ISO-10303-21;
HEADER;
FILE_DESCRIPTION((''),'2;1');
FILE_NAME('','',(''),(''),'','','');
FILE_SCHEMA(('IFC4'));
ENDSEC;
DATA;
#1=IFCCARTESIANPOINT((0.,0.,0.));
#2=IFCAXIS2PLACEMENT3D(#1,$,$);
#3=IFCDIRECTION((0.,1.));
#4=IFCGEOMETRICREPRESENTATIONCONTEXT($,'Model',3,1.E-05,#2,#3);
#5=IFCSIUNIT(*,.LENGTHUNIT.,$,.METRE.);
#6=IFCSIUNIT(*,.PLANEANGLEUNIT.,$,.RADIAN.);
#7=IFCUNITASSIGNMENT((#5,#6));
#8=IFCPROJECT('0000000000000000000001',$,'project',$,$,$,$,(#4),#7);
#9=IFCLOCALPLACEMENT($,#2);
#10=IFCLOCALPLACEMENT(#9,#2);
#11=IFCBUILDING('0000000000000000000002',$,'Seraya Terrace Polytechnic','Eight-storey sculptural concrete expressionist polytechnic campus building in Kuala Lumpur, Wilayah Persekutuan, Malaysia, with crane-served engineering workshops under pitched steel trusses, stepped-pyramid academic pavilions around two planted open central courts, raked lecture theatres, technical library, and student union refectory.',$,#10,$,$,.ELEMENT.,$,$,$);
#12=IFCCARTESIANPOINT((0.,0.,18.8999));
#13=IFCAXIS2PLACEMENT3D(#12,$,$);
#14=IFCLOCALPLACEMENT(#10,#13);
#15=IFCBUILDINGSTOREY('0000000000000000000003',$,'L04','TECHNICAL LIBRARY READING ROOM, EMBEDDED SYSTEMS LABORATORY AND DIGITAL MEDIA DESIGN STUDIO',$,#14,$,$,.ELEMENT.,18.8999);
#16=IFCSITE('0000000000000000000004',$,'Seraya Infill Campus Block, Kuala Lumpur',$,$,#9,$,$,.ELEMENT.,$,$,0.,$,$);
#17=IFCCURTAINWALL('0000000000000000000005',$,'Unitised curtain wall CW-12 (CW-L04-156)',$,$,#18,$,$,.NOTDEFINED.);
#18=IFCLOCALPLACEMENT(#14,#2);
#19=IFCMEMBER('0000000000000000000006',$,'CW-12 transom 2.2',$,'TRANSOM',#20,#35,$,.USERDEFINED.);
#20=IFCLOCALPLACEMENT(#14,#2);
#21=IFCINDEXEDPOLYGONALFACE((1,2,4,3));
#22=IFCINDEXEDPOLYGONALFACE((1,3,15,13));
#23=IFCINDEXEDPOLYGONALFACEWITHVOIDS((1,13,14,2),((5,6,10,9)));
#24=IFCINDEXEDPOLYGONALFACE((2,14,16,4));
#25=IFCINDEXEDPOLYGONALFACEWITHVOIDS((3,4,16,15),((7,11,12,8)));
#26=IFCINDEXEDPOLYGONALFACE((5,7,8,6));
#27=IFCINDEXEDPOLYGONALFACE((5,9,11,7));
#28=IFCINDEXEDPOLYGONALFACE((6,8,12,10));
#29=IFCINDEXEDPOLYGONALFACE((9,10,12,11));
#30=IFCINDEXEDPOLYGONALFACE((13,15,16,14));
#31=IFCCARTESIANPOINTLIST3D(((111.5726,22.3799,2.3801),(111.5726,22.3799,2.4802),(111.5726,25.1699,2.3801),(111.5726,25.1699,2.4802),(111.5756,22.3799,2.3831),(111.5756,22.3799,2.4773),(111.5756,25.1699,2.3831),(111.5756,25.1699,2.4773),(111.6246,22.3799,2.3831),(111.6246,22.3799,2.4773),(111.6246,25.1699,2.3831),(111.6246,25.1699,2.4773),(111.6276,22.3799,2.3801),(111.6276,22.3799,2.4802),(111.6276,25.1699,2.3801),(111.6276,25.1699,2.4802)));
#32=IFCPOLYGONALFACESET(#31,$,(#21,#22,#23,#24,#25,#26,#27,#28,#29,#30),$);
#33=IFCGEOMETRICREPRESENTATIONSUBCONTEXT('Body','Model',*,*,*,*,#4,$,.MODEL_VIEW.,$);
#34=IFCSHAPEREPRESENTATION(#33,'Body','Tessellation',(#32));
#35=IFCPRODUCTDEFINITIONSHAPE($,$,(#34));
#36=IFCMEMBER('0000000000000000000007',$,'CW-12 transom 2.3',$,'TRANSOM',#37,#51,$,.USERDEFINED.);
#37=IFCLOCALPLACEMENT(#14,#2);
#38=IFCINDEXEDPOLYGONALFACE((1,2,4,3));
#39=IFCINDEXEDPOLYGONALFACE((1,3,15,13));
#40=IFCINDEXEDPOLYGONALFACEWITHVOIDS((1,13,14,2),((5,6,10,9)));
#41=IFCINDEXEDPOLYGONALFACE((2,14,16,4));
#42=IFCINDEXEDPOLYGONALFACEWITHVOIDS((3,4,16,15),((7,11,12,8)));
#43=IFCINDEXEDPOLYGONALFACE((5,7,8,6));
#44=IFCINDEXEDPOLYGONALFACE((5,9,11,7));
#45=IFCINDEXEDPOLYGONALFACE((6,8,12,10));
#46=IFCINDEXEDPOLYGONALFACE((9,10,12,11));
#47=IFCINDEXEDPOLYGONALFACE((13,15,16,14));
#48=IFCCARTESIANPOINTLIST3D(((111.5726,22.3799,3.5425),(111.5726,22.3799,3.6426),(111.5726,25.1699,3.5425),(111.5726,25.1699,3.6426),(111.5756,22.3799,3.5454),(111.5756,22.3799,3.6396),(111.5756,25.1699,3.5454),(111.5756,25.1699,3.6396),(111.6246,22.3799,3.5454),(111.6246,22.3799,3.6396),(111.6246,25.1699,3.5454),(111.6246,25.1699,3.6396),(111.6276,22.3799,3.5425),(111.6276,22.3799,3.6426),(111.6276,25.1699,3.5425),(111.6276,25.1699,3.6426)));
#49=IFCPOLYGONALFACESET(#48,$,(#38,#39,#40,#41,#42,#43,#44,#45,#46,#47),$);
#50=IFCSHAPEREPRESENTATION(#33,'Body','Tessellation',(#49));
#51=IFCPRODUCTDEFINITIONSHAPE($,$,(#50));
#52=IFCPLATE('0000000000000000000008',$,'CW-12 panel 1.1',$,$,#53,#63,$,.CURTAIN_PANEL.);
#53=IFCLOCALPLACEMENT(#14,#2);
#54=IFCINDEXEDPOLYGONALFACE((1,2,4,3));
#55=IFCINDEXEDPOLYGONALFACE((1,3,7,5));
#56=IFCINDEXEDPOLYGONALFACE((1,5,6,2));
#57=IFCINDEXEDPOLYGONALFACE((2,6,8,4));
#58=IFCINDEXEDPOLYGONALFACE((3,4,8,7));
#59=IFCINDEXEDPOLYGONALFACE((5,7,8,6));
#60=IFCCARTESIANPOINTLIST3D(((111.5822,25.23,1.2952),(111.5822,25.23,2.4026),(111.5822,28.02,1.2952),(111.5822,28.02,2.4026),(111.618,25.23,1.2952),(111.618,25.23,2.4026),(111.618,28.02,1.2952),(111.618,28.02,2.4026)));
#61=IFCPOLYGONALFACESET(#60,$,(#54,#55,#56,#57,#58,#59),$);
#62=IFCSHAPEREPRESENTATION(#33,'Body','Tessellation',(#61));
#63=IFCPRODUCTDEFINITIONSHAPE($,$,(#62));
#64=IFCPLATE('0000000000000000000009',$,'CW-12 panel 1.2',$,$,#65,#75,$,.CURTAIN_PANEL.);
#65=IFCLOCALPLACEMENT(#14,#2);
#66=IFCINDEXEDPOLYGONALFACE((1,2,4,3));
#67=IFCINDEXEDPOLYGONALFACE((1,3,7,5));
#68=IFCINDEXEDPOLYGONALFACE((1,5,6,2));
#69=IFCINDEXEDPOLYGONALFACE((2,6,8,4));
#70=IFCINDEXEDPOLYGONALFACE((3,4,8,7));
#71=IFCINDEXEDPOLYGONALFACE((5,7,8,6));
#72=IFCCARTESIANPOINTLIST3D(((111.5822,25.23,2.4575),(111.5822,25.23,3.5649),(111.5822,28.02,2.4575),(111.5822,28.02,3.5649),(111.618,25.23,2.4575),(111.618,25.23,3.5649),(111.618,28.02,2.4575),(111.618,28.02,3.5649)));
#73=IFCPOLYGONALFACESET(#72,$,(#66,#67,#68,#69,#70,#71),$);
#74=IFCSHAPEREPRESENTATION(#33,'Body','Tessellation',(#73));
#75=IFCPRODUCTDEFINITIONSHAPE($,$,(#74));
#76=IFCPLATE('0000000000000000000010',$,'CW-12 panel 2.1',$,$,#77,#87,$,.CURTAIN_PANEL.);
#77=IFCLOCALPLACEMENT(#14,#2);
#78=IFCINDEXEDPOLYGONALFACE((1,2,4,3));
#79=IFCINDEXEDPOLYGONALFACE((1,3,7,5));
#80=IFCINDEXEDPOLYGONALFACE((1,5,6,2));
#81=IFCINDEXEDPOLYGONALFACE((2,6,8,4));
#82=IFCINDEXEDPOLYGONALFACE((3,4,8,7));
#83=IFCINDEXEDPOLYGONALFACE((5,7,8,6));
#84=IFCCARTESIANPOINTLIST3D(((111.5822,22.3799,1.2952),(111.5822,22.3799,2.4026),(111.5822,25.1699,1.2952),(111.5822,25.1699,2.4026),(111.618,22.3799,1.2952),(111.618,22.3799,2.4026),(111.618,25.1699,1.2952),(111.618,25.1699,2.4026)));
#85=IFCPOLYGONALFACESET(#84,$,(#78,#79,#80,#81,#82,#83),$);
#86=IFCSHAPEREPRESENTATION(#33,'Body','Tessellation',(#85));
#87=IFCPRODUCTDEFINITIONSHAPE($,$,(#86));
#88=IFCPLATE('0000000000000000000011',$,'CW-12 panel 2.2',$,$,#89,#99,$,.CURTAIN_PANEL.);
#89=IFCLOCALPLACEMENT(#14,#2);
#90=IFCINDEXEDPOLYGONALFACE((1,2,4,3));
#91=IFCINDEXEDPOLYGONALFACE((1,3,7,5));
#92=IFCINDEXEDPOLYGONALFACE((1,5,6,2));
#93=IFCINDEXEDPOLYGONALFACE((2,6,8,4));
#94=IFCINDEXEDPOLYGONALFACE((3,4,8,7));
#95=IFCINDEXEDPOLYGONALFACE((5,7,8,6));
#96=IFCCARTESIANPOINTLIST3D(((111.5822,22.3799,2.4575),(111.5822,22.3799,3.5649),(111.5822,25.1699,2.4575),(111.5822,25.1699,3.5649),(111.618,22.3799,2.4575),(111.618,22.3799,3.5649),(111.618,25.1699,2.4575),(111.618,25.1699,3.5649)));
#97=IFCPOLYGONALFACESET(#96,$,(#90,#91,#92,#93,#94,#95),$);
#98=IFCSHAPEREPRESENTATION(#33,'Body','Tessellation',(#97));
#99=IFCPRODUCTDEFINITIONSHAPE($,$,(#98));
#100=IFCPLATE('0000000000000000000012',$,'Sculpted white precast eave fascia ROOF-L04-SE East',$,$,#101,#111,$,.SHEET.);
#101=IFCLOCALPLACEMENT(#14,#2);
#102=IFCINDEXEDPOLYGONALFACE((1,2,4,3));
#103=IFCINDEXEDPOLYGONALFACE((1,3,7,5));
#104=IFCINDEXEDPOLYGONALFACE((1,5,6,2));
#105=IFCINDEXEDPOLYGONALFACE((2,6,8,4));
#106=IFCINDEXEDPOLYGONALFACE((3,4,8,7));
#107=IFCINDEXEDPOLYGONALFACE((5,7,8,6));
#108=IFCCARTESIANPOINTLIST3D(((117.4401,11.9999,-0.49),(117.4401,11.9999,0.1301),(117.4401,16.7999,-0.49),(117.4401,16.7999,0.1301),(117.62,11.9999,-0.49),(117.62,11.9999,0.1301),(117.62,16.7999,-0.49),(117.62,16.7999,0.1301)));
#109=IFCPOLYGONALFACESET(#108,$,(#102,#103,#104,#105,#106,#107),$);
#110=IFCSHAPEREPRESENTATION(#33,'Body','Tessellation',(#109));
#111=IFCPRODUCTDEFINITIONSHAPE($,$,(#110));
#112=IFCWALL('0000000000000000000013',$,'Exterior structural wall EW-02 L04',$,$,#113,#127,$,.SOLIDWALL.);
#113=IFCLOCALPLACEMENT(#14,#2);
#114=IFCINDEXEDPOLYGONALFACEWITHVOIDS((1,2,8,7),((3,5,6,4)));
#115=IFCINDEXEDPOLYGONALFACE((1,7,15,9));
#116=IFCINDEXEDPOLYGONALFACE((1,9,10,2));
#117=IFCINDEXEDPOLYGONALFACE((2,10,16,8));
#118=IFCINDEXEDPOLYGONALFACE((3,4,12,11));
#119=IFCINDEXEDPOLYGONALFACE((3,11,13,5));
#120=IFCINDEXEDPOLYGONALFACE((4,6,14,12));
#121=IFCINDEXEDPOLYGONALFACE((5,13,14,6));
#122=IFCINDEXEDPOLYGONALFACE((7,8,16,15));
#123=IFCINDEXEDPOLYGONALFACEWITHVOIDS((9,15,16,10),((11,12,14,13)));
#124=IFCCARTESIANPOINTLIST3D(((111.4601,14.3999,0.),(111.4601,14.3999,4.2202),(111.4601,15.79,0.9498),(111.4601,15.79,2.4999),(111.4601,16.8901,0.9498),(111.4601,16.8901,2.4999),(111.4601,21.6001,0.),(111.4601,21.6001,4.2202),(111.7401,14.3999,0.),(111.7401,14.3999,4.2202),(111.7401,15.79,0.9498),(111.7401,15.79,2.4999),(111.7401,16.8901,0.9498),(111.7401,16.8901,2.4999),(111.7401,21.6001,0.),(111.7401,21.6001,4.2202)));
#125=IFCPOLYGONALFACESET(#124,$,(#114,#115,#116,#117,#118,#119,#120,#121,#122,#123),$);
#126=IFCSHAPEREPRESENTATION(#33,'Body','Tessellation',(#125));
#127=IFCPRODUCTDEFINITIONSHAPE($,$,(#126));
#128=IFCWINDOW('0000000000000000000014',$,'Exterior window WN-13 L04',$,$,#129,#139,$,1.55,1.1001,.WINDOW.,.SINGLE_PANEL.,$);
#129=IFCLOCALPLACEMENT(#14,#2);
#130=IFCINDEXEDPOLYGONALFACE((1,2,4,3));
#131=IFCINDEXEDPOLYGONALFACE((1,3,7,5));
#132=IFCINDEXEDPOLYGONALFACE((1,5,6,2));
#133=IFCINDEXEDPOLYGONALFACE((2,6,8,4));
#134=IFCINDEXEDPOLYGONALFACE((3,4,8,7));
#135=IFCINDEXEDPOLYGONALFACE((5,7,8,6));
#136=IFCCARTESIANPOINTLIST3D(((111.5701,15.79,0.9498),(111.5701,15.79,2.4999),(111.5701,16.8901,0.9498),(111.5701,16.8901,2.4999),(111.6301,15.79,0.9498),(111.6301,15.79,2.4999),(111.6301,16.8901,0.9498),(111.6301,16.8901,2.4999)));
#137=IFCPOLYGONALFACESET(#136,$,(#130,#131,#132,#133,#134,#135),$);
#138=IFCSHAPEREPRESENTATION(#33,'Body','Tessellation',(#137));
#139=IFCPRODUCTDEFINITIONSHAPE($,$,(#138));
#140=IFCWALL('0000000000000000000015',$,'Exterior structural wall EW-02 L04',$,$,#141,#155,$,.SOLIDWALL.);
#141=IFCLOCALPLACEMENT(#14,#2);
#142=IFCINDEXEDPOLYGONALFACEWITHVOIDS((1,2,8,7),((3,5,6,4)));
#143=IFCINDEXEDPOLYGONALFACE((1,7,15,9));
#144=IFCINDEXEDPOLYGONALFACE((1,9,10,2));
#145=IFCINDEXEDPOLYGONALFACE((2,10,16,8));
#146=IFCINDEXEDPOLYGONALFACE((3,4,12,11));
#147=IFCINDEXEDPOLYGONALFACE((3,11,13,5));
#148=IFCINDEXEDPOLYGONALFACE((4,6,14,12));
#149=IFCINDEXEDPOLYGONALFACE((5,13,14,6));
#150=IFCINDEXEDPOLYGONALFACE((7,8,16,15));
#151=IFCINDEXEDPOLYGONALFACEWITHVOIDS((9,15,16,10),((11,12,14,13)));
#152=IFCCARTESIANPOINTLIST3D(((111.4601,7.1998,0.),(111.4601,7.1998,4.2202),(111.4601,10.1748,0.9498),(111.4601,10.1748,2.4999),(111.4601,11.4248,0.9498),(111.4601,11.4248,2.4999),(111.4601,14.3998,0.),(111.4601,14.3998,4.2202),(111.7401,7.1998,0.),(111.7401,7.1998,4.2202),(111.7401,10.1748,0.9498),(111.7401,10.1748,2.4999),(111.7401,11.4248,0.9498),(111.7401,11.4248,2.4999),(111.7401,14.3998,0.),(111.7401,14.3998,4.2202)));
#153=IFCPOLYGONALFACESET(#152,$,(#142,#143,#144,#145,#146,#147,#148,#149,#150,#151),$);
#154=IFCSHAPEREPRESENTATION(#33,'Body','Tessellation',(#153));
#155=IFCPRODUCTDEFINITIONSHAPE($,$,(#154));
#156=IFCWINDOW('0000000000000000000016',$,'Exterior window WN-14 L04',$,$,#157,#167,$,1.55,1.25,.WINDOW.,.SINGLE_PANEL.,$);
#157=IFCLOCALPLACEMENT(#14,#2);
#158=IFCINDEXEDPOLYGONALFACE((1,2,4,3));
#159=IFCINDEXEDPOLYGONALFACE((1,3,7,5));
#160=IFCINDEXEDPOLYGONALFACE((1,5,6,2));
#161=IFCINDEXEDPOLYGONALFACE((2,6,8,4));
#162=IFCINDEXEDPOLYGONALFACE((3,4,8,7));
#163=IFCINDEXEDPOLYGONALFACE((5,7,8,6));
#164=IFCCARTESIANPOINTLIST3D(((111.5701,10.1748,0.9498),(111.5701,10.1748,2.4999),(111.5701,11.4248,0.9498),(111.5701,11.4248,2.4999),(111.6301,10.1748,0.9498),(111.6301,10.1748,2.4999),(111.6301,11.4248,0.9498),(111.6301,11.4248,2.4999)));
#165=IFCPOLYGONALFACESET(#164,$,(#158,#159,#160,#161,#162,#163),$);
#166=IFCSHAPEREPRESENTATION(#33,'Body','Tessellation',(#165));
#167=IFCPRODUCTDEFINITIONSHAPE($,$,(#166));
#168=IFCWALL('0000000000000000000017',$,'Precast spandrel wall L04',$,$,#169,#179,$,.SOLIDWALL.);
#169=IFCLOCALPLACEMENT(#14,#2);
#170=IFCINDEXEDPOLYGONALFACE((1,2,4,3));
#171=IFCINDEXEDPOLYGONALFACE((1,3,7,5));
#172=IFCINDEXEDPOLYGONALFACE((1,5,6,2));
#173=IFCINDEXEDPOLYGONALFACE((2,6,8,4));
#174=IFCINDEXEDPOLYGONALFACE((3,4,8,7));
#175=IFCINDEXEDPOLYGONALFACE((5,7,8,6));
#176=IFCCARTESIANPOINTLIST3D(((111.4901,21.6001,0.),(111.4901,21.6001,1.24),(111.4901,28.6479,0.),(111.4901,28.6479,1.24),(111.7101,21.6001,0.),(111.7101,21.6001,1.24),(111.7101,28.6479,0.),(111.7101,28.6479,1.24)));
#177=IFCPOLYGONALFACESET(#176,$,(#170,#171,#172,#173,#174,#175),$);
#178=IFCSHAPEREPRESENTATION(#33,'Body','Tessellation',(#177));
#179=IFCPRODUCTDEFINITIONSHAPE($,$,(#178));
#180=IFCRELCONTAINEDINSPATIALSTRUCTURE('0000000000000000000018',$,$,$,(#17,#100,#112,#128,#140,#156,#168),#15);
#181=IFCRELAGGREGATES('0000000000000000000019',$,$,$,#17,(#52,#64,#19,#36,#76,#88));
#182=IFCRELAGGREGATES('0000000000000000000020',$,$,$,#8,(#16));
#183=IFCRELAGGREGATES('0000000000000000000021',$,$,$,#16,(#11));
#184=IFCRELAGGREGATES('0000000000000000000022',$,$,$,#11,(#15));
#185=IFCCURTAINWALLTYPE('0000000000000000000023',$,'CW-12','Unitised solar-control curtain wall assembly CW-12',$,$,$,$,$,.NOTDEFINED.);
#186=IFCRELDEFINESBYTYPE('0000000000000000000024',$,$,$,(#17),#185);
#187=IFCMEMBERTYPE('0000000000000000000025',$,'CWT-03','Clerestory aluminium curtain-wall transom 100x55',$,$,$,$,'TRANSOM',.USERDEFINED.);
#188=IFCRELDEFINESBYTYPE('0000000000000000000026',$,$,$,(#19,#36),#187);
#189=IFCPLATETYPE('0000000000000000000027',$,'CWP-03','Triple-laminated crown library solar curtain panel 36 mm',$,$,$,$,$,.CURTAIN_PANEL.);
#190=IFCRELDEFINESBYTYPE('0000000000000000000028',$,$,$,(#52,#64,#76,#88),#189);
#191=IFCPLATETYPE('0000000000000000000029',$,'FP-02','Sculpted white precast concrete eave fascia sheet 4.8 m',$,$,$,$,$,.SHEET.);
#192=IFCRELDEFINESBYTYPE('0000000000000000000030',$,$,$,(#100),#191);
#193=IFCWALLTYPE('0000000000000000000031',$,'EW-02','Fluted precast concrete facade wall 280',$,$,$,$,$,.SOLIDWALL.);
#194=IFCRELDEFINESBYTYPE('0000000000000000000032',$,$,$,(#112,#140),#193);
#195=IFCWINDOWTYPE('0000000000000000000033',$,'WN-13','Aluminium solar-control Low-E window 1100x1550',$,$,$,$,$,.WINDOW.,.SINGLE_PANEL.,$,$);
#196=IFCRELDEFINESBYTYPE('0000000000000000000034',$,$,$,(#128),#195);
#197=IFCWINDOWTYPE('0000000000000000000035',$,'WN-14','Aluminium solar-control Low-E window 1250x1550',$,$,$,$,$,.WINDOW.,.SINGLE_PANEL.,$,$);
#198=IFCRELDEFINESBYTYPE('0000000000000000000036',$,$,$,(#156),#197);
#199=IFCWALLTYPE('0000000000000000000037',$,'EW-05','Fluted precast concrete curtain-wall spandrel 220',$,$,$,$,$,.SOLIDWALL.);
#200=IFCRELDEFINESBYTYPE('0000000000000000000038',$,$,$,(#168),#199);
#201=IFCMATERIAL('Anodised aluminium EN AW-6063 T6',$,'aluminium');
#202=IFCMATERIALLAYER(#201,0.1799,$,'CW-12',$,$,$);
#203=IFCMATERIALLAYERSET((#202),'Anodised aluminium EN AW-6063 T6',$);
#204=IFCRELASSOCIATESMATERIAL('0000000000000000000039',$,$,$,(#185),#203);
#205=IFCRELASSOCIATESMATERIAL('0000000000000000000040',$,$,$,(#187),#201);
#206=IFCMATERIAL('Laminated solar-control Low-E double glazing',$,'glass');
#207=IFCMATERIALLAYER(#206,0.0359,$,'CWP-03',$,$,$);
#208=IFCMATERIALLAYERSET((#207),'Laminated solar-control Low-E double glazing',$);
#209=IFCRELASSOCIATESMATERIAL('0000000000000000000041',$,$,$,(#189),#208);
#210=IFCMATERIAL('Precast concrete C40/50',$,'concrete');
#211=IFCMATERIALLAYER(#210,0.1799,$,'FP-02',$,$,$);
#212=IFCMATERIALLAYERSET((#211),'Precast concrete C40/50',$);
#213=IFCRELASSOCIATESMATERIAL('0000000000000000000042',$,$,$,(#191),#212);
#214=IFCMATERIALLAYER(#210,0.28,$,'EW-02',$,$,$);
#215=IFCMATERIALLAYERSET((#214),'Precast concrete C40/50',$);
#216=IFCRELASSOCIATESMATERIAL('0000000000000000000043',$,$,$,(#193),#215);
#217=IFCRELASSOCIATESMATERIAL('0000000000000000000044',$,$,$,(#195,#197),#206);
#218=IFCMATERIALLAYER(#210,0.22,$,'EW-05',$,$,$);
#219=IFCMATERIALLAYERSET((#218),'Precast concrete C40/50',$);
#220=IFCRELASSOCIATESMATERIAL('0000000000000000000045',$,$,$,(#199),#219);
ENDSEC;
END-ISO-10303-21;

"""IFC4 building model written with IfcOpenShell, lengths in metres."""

from ifc_helpers import new_model, si_unit, direction, frame, frame_2d, origin, origin_2d, place, context, subcontext, project, spatial, rectangle, hollow_rectangle, extrude, material, layer, layer_set, material_profile, profile_set, type_object, element, fill, aggregate, save


model = new_model("IFC4")

# Units and contexts
model_context = context("Model", 3, precision=1e-05, world=origin(), true_north=direction((0.0, 1.0)))
body_context = subcontext(model_context, "Body", "Model", "MODEL_VIEW")
ifc_project = project(units=[si_unit("LENGTHUNIT", "METRE"), si_unit("PLANEANGLEUNIT", "RADIAN")], contexts=[model_context])

# Site, building, storey
site_placement = place(None, origin())
site = spatial("IfcSite", under=ifc_project, at=site_placement, Name="Seraya Infill Campus Block, Kuala Lumpur", CompositionType="ELEMENT", RefElevation=0.0)
building_placement = place(site_placement, origin())
building = spatial("IfcBuilding", under=site, at=building_placement, Name="Seraya Terrace Polytechnic", Description="Eight-storey sculptural concrete expressionist polytechnic campus building in Kuala Lumpur, Wilayah Persekutuan, Malaysia, with crane-served engineering workshops under pitched steel trusses, stepped-pyramid academic pavilions around two planted open central courts, raked lecture theatres, technical library, and student union refectory.", CompositionType="ELEMENT")
storey_placement = place(building_placement, frame((0.0, 0.0, 18.8999)))
storey = spatial("IfcBuildingStorey", under=building, at=storey_placement, Name="L04", Description="TECHNICAL LIBRARY READING ROOM, EMBEDDED SYSTEMS LABORATORY AND DIGITAL MEDIA DESIGN STUDIO", CompositionType="ELEMENT", Elevation=18.8999)

# Curtain wall, members, plates
ifc_material_1 = material(Name="Anodised aluminium EN AW-6063 T6", Category="aluminium")
ifc_layer_1 = layer(ifc_material_1, 0.1799, Name="CW-12")
ifc_layer_set_1 = layer_set([ifc_layer_1], Name="Anodised aluminium EN AW-6063 T6")
curtain_wall_type = type_object("IfcCurtainWallType", Name="CW-12", Description="Unitised solar-control curtain wall assembly CW-12", PredefinedType="NOTDEFINED", material=ifc_layer_set_1)
curtain_wall_placement = place(storey_placement, origin())
curtain_wall = element("IfcCurtainWall", 1, at=curtain_wall_placement, inside=storey, type_object=curtain_wall_type, Name="Unitised curtain wall CW-12 (CW-L04-156)", PredefinedType="NOTDEFINED")
ifc_material_profile_1 = material_profile(ifc_material_1, hollow_rectangle(XDim=0.0549, YDim=0.1001, WallThickness=0.0029, at=origin_2d()), Name="RHS 100x55x3.0")
ifc_profile_set_1 = profile_set([ifc_material_profile_1], Name="Anodised aluminium EN AW-6063 T6")
member_type_1 = type_object("IfcMemberType", Name="CWT-03", Description="Clerestory aluminium curtain-wall transom 100x55", ElementType="TRANSOM", PredefinedType="USERDEFINED", material=ifc_profile_set_1)
member_1_placement = place(storey_placement, frame((111.6001, 25.1699, 2.4302), z_axis=(0.0, -1.0, 0.0), x_axis=(1.0, 0.0, 0.0)))
member_1 = element("IfcMember", 2, at=member_1_placement, type_object=member_type_1, Name="CW-12 transom 2.2", ObjectType="TRANSOM", PredefinedType="USERDEFINED", context=body_context, shape_type="SweptSolid", body=[
    extrude(hollow_rectangle(XDim=0.0549, YDim=0.1001, WallThickness=0.0029, at=origin_2d()), origin(), (0.0, 0.0, 1.0), 2.79),
])
member_2_placement = place(storey_placement, frame((111.6001, 25.1699, 3.5925), z_axis=(0.0, -1.0, 0.0), x_axis=(1.0, 0.0, 0.0)))
member_2 = element("IfcMember", 3, at=member_2_placement, type_object=member_type_1, Name="CW-12 transom 2.3", ObjectType="TRANSOM", PredefinedType="USERDEFINED", context=body_context, shape_type="SweptSolid", body=[
    extrude(hollow_rectangle(XDim=0.0549, YDim=0.1001, WallThickness=0.0029, at=origin_2d()), origin(), (0.0, 0.0, 1.0), 2.79),
])
ifc_material_2 = material(Name="Laminated solar-control Low-E double glazing", Category="glass")
ifc_layer_2 = layer(ifc_material_2, 0.0359, Name="CWP-03")
ifc_layer_set_2 = layer_set([ifc_layer_2], Name="Laminated solar-control Low-E double glazing")
plate_type_1 = type_object("IfcPlateType", Name="CWP-03", Description="Triple-laminated crown library solar curtain panel 36 mm", PredefinedType="CURTAIN_PANEL", material=ifc_layer_set_2)
plate_1_placement = place(storey_placement, frame((111.6001, 26.625, 1.2952), z_axis=(0.0, 0.0, 1.0), x_axis=(0.0, -1.0, 0.0)))
plate_1 = element("IfcPlate", 4, at=plate_1_placement, type_object=plate_type_1, Name="CW-12 panel 1.1", PredefinedType="CURTAIN_PANEL", context=body_context, shape_type="SweptSolid", body=[
    extrude(rectangle(XDim=2.79, YDim=0.0359, at=origin_2d()), origin(), (0.0, 0.0, 1.0), 1.1074),
])
plate_2_placement = place(storey_placement, frame((111.6001, 26.625, 2.4575), z_axis=(0.0, 0.0, 1.0), x_axis=(0.0, -1.0, 0.0)))
plate_2 = element("IfcPlate", 5, at=plate_2_placement, type_object=plate_type_1, Name="CW-12 panel 1.2", PredefinedType="CURTAIN_PANEL", context=body_context, shape_type="SweptSolid", body=[
    extrude(rectangle(XDim=2.79, YDim=0.0359, at=origin_2d()), origin(), (0.0, 0.0, 1.0), 1.1074),
])
plate_3_placement = place(storey_placement, frame((111.6001, 23.7749, 1.2952), z_axis=(0.0, 0.0, 1.0), x_axis=(0.0, -1.0, 0.0)))
plate_3 = element("IfcPlate", 6, at=plate_3_placement, type_object=plate_type_1, Name="CW-12 panel 2.1", PredefinedType="CURTAIN_PANEL", context=body_context, shape_type="SweptSolid", body=[
    extrude(rectangle(XDim=2.79, YDim=0.0359, at=origin_2d()), origin(), (0.0, 0.0, 1.0), 1.1074),
])
plate_4_placement = place(storey_placement, frame((111.6001, 23.7749, 2.4575), z_axis=(0.0, 0.0, 1.0), x_axis=(0.0, -1.0, 0.0)))
plate_4 = element("IfcPlate", 7, at=plate_4_placement, type_object=plate_type_1, Name="CW-12 panel 2.2", PredefinedType="CURTAIN_PANEL", context=body_context, shape_type="SweptSolid", body=[
    extrude(rectangle(XDim=2.79, YDim=0.0359, at=origin_2d()), origin(), (0.0, 0.0, 1.0), 1.1074),
])
aggregate(curtain_wall, [plate_1, plate_2, member_1, member_2, plate_3, plate_4])

# Plate
ifc_material_3 = material(Name="Precast concrete C40/50", Category="concrete")
ifc_layer_3 = layer(ifc_material_3, 0.1799, Name="FP-02")
ifc_layer_set_3 = layer_set([ifc_layer_3], Name="Precast concrete C40/50")
plate_type_2 = type_object("IfcPlateType", Name="FP-02", Description="Sculpted white precast concrete eave fascia sheet 4.8 m", PredefinedType="SHEET", material=ifc_layer_set_3)
plate_5_placement = place(storey_placement, frame((117.53, 14.3999, -0.49), z_axis=(0.0, 0.0, 1.0), x_axis=(0.0, 1.0, 0.0)))
element("IfcPlate", 8, at=plate_5_placement, inside=storey, type_object=plate_type_2, Name="Sculpted white precast eave fascia ROOF-L04-SE East", PredefinedType="SHEET", context=body_context, shape_type="SweptSolid", body=[
    extrude(rectangle(XDim=4.8, YDim=0.1799, at=origin_2d()), origin(), (0.0, 0.0, 1.0), 0.6201),
])

# Walls, openings, windows
ifc_layer_4 = layer(ifc_material_3, 0.28, Name="EW-02")
ifc_layer_set_4 = layer_set([ifc_layer_4], Name="Precast concrete C40/50")
wall_type_1 = type_object("IfcWallType", Name="EW-02", Description="Fluted precast concrete facade wall 280", PredefinedType="SOLIDWALL", material=ifc_layer_set_4)
wall_1_placement = place(storey_placement, frame((111.6001, 21.6001, 0.0), z_axis=(0.0, 0.0, 1.0), x_axis=(0.0, -1.0, 0.0)))
wall_1 = element("IfcWall", 9, at=wall_1_placement, inside=storey, type_object=wall_type_1, Name="Exterior structural wall EW-02 L04", PredefinedType="SOLIDWALL", context=body_context, shape_type="SweptSolid", body=[
    extrude(rectangle(XDim=7.2002, YDim=0.28, at=frame_2d((3.6001, 0.0))), origin(), (0.0, 0.0, 1.0), 4.2202),
])
opening_1_placement = place(wall_1_placement, frame((4.71, 0.0, 0.95)))
opening_1 = element("IfcOpeningElement", 10, at=opening_1_placement, cuts=wall_1, PredefinedType="OPENING", context=body_context, shape_type="SweptSolid", body=[
    extrude(rectangle(XDim=1.1001, YDim=1.55, at=frame_2d((0.55, 0.7749))), frame((0.0, 0.1519, 0.0), z_axis=(0.0, -1.0, 0.0), x_axis=(1.0, 0.0, 0.0)), (0.0, 0.0, 1.0), 0.304),
])
window_type_1 = type_object("IfcWindowType", Name="WN-13", Description="Aluminium solar-control Low-E window 1100x1550", PartitioningType="SINGLE_PANEL", PredefinedType="WINDOW", material=ifc_material_2)
window_1_placement = place(opening_1_placement, origin())
window_1 = element("IfcWindow", 11, at=window_1_placement, inside=storey, type_object=window_type_1, Name="Exterior window WN-13 L04", OverallHeight=1.55, OverallWidth=1.1001, PartitioningType="SINGLE_PANEL", PredefinedType="WINDOW", context=body_context, shape_type="SweptSolid", body=[
    extrude(rectangle(XDim=1.1001, YDim=1.55, at=frame_2d((0.55, 0.7749))), frame((0.0, 0.03, 0.0), z_axis=(0.0, -1.0, 0.0), x_axis=(1.0, 0.0, 0.0)), (0.0, 0.0, 1.0), 0.0601),
])
fill(opening_1, window_1)
wall_2_placement = place(storey_placement, frame((111.6001, 14.3999, 0.0), z_axis=(0.0, 0.0, 1.0), x_axis=(0.0, -1.0, 0.0)))
wall_2 = element("IfcWall", 12, at=wall_2_placement, inside=storey, type_object=wall_type_1, Name="Exterior structural wall EW-02 L04", PredefinedType="SOLIDWALL", context=body_context, shape_type="SweptSolid", body=[
    extrude(rectangle(XDim=7.2, YDim=0.28, at=frame_2d((3.6001, 0.0))), origin(), (0.0, 0.0, 1.0), 4.2202),
])
opening_2_placement = place(wall_2_placement, frame((2.9751, 0.0, 0.95)))
opening_2 = element("IfcOpeningElement", 13, at=opening_2_placement, cuts=wall_2, PredefinedType="OPENING", context=body_context, shape_type="SweptSolid", body=[
    extrude(rectangle(XDim=1.25, YDim=1.55, at=frame_2d((0.625, 0.7749))), frame((0.0, 0.1519, 0.0), z_axis=(0.0, -1.0, 0.0), x_axis=(1.0, 0.0, 0.0)), (0.0, 0.0, 1.0), 0.304),
])
window_type_2 = type_object("IfcWindowType", Name="WN-14", Description="Aluminium solar-control Low-E window 1250x1550", PartitioningType="SINGLE_PANEL", PredefinedType="WINDOW", material=ifc_material_2)
window_2_placement = place(opening_2_placement, origin())
window_2 = element("IfcWindow", 14, at=window_2_placement, inside=storey, type_object=window_type_2, Name="Exterior window WN-14 L04", OverallHeight=1.55, OverallWidth=1.25, PartitioningType="SINGLE_PANEL", PredefinedType="WINDOW", context=body_context, shape_type="SweptSolid", body=[
    extrude(rectangle(XDim=1.25, YDim=1.55, at=frame_2d((0.625, 0.7749))), frame((0.0, 0.03, 0.0), z_axis=(0.0, -1.0, 0.0), x_axis=(1.0, 0.0, 0.0)), (0.0, 0.0, 1.0), 0.0601),
])
fill(opening_2, window_2)

# Wall
ifc_layer_5 = layer(ifc_material_3, 0.22, Name="EW-05")
ifc_layer_set_5 = layer_set([ifc_layer_5], Name="Precast concrete C40/50")
wall_type_2 = type_object("IfcWallType", Name="EW-05", Description="Fluted precast concrete curtain-wall spandrel 220", PredefinedType="SOLIDWALL", material=ifc_layer_set_5)
wall_3_placement = place(storey_placement, frame((111.6001, 28.6479, 0.0), z_axis=(0.0, 0.0, 1.0), x_axis=(0.0, -1.0, 0.0)))
element("IfcWall", 15, at=wall_3_placement, inside=storey, type_object=wall_type_2, Name="Precast spandrel wall L04", PredefinedType="SOLIDWALL", context=body_context, shape_type="SweptSolid", body=[
    extrude(rectangle(XDim=7.0479, YDim=0.22, at=frame_2d((3.5239, 0.0))), origin(), (0.0, 0.0, 1.0), 1.24),
])

save(model, "model.ifc")
